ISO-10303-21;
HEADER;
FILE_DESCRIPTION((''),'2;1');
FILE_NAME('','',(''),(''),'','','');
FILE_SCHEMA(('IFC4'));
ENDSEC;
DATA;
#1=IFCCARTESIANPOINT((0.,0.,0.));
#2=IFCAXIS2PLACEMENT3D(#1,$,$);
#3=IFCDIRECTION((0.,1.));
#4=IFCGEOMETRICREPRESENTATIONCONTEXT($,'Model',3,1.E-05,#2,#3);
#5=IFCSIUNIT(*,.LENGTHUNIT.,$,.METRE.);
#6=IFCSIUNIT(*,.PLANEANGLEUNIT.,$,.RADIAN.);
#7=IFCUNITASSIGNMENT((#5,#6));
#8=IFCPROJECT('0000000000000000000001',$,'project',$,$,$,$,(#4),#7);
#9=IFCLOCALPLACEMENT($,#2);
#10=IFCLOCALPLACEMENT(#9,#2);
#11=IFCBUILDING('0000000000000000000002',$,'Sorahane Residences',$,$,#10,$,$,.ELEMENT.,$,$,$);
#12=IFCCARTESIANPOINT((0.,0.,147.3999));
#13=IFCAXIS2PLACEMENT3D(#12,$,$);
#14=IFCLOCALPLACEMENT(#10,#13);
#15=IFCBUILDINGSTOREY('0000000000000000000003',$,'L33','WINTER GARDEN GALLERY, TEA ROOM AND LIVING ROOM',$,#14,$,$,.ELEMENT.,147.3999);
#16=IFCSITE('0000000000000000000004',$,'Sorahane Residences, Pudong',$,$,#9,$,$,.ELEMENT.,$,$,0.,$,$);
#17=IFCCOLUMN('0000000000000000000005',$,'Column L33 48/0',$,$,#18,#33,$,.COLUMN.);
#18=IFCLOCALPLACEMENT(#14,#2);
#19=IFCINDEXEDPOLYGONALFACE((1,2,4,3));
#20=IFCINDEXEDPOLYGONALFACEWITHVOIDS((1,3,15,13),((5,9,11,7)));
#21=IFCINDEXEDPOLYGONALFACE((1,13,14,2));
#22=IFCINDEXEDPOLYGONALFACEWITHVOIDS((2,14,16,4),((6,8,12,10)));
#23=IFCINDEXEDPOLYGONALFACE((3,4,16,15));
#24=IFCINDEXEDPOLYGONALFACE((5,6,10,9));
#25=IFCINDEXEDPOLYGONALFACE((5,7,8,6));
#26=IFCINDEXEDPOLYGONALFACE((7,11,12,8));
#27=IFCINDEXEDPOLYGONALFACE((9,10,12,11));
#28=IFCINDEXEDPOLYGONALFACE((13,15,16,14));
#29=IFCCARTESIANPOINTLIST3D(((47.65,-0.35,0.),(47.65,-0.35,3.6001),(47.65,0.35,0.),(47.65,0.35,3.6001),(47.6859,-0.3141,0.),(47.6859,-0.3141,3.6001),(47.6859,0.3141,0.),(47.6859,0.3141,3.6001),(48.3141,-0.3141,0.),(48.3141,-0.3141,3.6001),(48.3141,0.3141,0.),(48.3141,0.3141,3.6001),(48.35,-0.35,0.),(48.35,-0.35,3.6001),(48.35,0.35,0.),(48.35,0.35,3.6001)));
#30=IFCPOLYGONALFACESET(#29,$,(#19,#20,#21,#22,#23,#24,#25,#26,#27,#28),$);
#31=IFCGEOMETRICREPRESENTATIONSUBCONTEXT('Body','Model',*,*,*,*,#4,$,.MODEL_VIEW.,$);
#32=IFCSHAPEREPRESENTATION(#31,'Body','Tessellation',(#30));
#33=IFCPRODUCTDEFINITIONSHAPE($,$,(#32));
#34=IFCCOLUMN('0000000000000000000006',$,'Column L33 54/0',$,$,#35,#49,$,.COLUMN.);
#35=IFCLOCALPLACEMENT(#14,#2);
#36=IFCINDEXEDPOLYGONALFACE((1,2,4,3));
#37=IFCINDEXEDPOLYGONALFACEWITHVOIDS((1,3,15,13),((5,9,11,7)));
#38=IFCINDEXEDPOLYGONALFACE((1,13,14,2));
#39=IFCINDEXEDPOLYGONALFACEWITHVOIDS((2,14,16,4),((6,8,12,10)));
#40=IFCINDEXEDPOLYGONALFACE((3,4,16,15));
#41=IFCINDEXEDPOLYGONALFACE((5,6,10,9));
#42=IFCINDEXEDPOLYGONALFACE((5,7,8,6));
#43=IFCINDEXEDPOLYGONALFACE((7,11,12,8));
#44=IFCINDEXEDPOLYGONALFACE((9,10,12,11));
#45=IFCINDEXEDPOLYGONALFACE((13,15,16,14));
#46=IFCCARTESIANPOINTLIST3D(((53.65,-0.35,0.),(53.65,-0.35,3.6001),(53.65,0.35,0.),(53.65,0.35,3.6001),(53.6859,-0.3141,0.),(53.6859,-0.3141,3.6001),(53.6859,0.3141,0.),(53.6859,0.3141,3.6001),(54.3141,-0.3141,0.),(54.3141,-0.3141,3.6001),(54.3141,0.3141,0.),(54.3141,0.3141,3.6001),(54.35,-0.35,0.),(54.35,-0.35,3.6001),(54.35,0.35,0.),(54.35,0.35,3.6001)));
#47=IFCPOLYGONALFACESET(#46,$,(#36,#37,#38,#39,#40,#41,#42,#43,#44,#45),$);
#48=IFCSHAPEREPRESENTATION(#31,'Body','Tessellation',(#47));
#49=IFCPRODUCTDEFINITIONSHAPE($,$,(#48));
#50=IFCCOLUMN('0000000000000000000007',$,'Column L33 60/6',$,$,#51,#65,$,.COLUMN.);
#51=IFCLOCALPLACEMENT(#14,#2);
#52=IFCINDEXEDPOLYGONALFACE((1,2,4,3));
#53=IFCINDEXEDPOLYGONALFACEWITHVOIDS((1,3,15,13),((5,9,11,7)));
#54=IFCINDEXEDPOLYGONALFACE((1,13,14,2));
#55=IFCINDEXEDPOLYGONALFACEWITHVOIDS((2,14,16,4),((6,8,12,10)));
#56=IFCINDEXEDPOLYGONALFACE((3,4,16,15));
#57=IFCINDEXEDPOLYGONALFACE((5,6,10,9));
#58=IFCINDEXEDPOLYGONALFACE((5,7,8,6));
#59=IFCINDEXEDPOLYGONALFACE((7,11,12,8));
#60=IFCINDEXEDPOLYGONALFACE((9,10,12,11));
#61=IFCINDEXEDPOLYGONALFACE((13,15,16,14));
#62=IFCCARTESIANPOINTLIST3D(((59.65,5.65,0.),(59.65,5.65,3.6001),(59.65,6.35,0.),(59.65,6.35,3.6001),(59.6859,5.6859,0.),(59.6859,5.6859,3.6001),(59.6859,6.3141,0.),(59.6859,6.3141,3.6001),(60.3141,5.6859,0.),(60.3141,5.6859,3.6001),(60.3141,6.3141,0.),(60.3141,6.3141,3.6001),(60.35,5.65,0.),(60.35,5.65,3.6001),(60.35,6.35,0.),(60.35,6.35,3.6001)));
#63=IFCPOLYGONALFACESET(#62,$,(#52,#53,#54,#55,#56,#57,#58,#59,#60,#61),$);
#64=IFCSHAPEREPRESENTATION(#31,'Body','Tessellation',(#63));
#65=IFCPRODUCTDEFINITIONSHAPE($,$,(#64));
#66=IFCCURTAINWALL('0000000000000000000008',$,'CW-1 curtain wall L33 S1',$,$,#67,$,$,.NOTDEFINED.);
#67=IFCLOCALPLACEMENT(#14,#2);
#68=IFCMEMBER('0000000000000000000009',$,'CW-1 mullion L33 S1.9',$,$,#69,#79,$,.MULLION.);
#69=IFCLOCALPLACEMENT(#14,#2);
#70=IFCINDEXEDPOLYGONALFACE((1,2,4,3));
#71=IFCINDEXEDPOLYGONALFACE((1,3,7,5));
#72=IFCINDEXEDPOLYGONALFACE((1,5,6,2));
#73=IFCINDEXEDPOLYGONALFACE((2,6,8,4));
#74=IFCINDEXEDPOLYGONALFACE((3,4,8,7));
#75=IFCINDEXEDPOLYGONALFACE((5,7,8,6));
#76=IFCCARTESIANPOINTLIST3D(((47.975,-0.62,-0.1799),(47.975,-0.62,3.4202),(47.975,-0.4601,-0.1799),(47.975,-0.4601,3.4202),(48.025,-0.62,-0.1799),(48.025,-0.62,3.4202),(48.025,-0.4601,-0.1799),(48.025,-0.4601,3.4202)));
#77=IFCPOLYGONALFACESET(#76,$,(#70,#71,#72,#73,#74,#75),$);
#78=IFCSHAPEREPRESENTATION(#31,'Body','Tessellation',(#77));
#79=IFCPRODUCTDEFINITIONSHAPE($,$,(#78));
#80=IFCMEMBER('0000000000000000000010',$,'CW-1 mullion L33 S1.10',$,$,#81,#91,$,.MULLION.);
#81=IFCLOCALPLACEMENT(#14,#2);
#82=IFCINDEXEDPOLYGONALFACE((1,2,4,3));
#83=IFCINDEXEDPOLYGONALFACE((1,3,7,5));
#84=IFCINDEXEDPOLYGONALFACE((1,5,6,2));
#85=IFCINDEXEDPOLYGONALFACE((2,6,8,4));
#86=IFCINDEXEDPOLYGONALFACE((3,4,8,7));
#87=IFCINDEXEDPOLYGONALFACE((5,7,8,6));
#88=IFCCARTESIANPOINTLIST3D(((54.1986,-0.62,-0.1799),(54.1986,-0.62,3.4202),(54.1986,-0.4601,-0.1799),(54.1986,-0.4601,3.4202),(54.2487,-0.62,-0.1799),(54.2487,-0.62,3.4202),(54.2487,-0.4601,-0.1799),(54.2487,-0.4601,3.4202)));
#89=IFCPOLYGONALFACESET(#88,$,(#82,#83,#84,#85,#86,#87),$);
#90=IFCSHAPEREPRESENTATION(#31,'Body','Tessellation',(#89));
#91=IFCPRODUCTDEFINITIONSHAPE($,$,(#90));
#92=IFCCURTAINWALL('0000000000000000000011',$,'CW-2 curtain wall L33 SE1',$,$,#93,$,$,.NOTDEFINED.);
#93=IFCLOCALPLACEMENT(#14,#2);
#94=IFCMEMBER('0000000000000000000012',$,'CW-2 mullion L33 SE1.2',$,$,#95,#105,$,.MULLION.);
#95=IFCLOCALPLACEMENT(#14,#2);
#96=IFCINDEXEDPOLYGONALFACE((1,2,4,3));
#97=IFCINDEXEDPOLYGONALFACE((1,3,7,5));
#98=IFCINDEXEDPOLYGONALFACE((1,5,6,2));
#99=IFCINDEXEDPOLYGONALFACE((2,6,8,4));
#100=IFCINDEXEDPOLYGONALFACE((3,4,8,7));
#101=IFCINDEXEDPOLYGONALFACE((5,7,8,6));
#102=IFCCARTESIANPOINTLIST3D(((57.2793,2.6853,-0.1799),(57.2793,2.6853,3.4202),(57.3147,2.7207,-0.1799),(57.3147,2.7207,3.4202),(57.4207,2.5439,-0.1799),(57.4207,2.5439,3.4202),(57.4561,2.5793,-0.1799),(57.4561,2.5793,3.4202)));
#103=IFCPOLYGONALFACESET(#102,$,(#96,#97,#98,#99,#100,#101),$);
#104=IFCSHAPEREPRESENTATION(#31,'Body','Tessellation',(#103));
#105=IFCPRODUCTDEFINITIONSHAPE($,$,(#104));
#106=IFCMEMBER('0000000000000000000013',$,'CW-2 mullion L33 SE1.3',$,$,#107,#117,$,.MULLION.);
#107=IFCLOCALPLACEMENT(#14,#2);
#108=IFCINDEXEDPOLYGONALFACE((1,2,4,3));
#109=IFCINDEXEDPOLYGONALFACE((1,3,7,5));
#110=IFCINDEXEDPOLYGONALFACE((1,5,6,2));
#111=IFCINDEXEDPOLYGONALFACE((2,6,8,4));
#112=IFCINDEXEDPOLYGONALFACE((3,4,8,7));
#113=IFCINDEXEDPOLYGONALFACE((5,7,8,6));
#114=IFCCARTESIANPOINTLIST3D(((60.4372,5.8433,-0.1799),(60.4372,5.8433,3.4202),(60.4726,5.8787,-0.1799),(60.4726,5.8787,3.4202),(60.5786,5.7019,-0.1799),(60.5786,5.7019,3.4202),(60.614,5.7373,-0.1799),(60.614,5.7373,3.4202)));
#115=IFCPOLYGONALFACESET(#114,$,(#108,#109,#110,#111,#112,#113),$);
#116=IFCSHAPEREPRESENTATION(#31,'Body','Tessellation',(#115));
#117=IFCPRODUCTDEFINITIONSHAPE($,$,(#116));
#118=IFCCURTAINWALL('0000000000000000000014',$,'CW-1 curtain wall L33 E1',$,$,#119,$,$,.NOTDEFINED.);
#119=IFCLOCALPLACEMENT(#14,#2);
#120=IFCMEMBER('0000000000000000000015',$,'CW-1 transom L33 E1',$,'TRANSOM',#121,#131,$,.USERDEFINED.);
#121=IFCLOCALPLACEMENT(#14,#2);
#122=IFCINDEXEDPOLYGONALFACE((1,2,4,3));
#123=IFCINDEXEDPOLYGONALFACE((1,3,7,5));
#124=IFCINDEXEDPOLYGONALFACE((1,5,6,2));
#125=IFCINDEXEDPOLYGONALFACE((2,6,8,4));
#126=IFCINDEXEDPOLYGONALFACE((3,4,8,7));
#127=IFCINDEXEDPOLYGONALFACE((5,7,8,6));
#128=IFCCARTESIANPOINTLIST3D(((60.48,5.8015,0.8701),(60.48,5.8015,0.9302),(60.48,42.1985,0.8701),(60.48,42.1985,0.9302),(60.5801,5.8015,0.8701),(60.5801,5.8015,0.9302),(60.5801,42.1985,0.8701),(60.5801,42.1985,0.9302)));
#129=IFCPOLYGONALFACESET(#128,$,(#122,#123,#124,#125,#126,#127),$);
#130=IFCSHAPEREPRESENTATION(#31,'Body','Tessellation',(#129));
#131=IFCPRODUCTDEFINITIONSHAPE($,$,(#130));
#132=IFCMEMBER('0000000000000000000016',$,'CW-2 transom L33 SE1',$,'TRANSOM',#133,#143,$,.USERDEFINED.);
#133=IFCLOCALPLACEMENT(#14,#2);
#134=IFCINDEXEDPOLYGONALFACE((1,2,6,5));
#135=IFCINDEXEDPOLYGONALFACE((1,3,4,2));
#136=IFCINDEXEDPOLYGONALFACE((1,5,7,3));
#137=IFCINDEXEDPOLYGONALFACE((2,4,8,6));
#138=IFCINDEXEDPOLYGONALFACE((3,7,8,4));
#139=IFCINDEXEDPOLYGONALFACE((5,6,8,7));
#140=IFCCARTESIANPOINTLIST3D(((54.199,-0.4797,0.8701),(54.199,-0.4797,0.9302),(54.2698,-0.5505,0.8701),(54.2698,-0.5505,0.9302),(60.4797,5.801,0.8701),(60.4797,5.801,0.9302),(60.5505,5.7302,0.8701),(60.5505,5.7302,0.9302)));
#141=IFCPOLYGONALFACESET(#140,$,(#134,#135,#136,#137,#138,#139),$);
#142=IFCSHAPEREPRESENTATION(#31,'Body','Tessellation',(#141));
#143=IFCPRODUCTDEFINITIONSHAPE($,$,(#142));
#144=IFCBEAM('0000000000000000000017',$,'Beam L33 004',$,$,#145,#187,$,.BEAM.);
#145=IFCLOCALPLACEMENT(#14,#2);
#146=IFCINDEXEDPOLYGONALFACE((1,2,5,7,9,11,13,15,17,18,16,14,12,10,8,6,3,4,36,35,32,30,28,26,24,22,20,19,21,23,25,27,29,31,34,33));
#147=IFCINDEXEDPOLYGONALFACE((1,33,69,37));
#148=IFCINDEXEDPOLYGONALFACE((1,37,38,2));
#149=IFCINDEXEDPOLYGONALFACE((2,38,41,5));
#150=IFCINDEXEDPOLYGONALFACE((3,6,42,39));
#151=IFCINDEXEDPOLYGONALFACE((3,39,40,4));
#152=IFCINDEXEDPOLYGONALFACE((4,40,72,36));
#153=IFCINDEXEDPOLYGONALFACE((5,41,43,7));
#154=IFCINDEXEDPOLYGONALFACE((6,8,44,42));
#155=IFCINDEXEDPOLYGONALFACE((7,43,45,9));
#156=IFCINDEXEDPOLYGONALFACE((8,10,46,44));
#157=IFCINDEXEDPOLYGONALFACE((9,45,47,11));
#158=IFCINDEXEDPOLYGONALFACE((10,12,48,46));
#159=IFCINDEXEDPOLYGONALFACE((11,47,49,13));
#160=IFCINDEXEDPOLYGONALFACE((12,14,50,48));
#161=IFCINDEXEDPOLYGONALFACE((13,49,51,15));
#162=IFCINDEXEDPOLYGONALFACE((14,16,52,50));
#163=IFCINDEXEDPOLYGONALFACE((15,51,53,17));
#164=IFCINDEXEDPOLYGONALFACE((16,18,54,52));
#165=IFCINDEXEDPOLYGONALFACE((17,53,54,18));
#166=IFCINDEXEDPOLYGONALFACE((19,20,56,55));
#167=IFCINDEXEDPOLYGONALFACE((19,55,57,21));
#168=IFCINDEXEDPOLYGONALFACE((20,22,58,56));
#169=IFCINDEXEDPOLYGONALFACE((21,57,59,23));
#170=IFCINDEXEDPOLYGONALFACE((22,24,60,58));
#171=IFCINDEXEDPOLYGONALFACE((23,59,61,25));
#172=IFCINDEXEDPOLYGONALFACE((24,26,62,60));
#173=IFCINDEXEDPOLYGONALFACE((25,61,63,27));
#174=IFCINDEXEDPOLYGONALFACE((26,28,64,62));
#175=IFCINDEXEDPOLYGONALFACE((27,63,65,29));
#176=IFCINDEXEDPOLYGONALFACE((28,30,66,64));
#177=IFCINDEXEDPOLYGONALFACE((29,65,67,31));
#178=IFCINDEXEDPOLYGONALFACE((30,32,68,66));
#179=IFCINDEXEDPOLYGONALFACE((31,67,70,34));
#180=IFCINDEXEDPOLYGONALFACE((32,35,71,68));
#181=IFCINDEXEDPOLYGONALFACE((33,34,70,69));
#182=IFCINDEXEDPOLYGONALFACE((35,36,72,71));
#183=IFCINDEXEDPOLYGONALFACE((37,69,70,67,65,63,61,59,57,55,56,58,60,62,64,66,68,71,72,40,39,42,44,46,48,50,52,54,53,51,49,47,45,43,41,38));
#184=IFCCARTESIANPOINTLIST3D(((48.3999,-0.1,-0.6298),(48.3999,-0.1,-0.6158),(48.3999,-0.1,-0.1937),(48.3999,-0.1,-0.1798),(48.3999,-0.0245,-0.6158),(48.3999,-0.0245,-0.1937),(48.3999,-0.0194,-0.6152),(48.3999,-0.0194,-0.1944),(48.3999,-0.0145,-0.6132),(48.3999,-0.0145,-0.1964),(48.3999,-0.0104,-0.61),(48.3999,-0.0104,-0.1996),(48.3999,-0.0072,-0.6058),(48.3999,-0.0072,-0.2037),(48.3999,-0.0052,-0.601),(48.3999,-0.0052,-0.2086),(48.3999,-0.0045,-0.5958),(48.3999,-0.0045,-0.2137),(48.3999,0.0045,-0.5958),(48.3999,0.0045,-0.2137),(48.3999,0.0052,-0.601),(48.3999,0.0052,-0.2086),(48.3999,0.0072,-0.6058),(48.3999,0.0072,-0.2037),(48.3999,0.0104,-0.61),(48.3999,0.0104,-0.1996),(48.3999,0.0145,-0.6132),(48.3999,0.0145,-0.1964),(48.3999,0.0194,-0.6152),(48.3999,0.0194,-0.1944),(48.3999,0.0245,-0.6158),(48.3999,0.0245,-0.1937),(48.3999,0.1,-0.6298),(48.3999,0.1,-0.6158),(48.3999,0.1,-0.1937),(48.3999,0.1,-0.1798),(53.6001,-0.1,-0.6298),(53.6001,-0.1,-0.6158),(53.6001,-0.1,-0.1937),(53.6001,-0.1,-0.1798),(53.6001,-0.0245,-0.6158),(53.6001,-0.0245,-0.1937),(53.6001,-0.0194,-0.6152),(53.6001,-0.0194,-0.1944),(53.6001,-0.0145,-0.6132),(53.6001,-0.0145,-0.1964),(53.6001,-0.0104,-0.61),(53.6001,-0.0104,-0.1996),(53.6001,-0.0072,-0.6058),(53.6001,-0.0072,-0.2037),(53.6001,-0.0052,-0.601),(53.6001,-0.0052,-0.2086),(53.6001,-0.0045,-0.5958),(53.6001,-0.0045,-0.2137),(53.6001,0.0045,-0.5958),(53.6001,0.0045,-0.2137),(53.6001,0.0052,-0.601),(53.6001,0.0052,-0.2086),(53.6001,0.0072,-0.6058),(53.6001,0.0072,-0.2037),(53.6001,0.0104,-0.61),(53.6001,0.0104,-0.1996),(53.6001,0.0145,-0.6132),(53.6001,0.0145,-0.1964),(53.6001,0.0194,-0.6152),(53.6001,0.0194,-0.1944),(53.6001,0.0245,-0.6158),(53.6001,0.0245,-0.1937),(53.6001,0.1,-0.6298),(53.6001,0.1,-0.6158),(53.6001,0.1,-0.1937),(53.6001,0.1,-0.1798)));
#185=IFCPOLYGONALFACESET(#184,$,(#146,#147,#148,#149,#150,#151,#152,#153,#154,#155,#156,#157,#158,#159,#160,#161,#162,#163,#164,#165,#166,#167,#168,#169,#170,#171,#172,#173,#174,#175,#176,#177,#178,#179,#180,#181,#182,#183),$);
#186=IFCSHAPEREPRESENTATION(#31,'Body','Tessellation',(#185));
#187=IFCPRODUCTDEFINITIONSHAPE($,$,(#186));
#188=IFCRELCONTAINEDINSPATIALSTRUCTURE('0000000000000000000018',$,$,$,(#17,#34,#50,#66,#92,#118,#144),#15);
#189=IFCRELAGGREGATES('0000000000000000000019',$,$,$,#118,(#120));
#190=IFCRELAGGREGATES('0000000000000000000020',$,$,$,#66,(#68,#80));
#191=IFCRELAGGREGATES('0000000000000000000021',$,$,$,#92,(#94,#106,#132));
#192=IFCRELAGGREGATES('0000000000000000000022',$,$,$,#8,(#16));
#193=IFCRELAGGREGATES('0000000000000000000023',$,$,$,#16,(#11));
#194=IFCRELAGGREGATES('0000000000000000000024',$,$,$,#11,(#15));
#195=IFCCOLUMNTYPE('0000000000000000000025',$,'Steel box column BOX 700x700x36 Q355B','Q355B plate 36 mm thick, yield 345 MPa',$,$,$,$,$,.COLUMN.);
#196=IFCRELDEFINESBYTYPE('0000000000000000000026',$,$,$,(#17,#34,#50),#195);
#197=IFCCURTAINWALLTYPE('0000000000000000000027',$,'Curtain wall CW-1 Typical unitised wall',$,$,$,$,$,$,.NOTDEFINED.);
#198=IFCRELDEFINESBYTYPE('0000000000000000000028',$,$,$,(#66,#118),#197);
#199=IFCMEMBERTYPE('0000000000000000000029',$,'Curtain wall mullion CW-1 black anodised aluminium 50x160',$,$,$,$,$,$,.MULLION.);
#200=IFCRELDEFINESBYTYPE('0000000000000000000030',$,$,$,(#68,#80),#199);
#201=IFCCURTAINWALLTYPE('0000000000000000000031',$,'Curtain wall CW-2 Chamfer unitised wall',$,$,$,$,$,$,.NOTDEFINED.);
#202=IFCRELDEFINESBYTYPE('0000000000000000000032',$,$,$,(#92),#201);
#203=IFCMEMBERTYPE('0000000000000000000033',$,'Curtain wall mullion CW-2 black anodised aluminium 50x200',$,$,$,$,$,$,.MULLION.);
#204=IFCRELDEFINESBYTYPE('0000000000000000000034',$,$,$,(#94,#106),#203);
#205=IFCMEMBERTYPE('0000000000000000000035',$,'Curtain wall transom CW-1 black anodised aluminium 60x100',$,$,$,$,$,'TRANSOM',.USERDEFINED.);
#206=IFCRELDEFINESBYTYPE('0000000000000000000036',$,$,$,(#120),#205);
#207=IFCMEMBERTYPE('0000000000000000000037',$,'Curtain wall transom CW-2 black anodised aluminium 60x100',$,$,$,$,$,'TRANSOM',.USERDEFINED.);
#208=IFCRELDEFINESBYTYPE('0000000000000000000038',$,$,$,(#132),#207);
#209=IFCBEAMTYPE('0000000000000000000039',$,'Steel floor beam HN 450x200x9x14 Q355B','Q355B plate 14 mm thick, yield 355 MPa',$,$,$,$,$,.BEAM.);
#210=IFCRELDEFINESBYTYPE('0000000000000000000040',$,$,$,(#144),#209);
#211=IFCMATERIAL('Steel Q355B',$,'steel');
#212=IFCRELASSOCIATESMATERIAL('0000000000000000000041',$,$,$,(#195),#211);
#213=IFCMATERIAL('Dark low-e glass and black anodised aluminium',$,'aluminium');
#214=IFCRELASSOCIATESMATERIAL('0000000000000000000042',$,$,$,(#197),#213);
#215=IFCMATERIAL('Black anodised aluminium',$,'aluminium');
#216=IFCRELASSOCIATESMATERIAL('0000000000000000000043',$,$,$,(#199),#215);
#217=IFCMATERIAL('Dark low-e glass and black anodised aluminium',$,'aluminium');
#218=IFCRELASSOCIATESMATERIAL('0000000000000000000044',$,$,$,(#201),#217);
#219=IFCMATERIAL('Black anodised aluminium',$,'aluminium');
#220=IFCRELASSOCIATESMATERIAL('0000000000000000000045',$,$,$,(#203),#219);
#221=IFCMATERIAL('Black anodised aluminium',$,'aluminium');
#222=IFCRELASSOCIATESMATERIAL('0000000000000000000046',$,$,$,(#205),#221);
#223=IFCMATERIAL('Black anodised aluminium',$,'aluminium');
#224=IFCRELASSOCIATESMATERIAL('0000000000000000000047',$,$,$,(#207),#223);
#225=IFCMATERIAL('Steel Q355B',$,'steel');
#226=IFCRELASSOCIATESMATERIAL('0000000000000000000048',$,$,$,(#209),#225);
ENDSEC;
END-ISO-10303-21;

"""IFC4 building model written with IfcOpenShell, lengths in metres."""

from ifc_helpers import new_model, si_unit, direction, frame, origin, origin_2d, place, context, subcontext, project, spatial, rectangle, hollow_rectangle, i_section, extrude, material, material_profile, profile_set, type_object, element, aggregate, save


model = new_model("IFC4")

# Units and contexts
model_context = context("Model", 3, precision=1e-05, world=origin(), true_north=direction((0.0, 1.0)))
body_context = subcontext(model_context, "Body", "Model", "MODEL_VIEW")
ifc_project = project(units=[si_unit("LENGTHUNIT", "METRE"), si_unit("PLANEANGLEUNIT", "RADIAN")], contexts=[model_context])

# Site, building, storey
site_placement = place(None, origin())
site = spatial("IfcSite", under=ifc_project, at=site_placement, Name="Sorahane Residences, Pudong", CompositionType="ELEMENT", RefElevation=0.0)
building_placement = place(site_placement, origin())
building = spatial("IfcBuilding", under=site, at=building_placement, Name="Sorahane Residences", CompositionType="ELEMENT")
storey_placement = place(building_placement, frame((0.0, 0.0, 147.3999)))
storey = spatial("IfcBuildingStorey", under=building, at=storey_placement, Name="L33", Description="WINTER GARDEN GALLERY, TEA ROOM AND LIVING ROOM", CompositionType="ELEMENT", Elevation=147.3999)

# Columns
ifc_material_1 = material(Name="Steel Q355B", Category="steel")
ifc_material_profile_1 = material_profile(ifc_material_1, hollow_rectangle(XDim=0.7, YDim=0.7, WallThickness=0.0359, at=origin_2d()), Name="BOX 700x700x36")
ifc_profile_set_1 = profile_set([ifc_material_profile_1], Name="Steel Q355B")
column_type = type_object("IfcColumnType", Name="Steel box column BOX 700x700x36 Q355B", Description="Q355B plate 36 mm thick, yield 345 MPa", PredefinedType="COLUMN", material=ifc_profile_set_1)
for number, where, z_axis, x_axis, name in (
    (1, (48.0, 0.0, 0.0), (0.0, 0.0, 1.0), (1.0, 0.0, 0.0), "Column L33 48/0"),
    (2, (54.0, 0.0, 0.0), (0.0, 0.0, 1.0), (1.0, 0.0, 0.0), "Column L33 54/0"),
    (3, (60.0, 6.0, 0.0), (0.0, 0.0, 1.0), (1.0, 0.0, 0.0), "Column L33 60/6"),
):
    element("IfcColumn", number, at=place(storey_placement, frame(where, z_axis=z_axis, x_axis=x_axis)), inside=storey, type_object=column_type, Name=name, PredefinedType="COLUMN", context=body_context, shape_type="SweptSolid", body=[
        extrude(hollow_rectangle(XDim=0.7, YDim=0.7, WallThickness=0.0359, at=origin_2d()), origin(), (0.0, 0.0, 1.0), 3.6001),
    ])

# Curtain walls, members
ifc_material_2 = material(Name="Dark low-e glass and black anodised aluminium", Category="aluminium")
curtain_wall_type_1 = type_object("IfcCurtainWallType", Name="Curtain wall CW-1 Typical unitised wall", PredefinedType="NOTDEFINED", material=ifc_material_2)
curtain_wall_1_placement = place(storey_placement, origin())
curtain_wall_1 = element("IfcCurtainWall", 4, at=curtain_wall_1_placement, inside=storey, type_object=curtain_wall_type_1, Name="CW-1 curtain wall L33 S1", PredefinedType="NOTDEFINED")
ifc_material_3 = material(Name="Black anodised aluminium", Category="aluminium")
ifc_material_profile_2 = material_profile(ifc_material_3, rectangle(XDim=0.1599, YDim=0.05, at=origin_2d()), Name="Curtain wall mullion CW-1 black anodised aluminium 50x160")
ifc_profile_set_2 = profile_set([ifc_material_profile_2], Name="Black anodised aluminium")
member_type_1 = type_object("IfcMemberType", Name="Curtain wall mullion CW-1 black anodised aluminium 50x160", PredefinedType="MULLION", material=ifc_profile_set_2)
member_1_placement = place(storey_placement, frame((48.0, -0.54, -0.1799), z_axis=(0.0, 0.0, 1.0), x_axis=(0.0, -1.0, 0.0)))
member_1 = element("IfcMember", 5, at=member_1_placement, type_object=member_type_1, Name="CW-1 mullion L33 S1.9", PredefinedType="MULLION", context=body_context, shape_type="SweptSolid", body=[
    extrude(rectangle(XDim=0.1599, YDim=0.05, at=origin_2d()), origin(), (0.0, 0.0, 1.0), 3.6001),
])
member_2_placement = place(storey_placement, frame((54.2236, -0.54, -0.1799), z_axis=(0.0, 0.0, 1.0), x_axis=(0.0, -1.0, 0.0)))
member_2 = element("IfcMember", 6, at=member_2_placement, type_object=member_type_1, Name="CW-1 mullion L33 S1.10", PredefinedType="MULLION", context=body_context, shape_type="SweptSolid", body=[
    extrude(rectangle(XDim=0.1599, YDim=0.05, at=origin_2d()), origin(), (0.0, 0.0, 1.0), 3.6001),
])
ifc_material_4 = material(Name="Dark low-e glass and black anodised aluminium", Category="aluminium")
curtain_wall_type_2 = type_object("IfcCurtainWallType", Name="Curtain wall CW-2 Chamfer unitised wall", PredefinedType="NOTDEFINED", material=ifc_material_4)
curtain_wall_2_placement = place(storey_placement, origin())
curtain_wall_2 = element("IfcCurtainWall", 7, at=curtain_wall_2_placement, inside=storey, type_object=curtain_wall_type_2, Name="CW-2 curtain wall L33 SE1", PredefinedType="NOTDEFINED")
ifc_material_5 = material(Name="Black anodised aluminium", Category="aluminium")
ifc_material_profile_3 = material_profile(ifc_material_5, rectangle(XDim=0.2, YDim=0.05, at=origin_2d()), Name="Curtain wall mullion CW-2 black anodised aluminium 50x200")
ifc_profile_set_3 = profile_set([ifc_material_profile_3], Name="Black anodised aluminium")
member_type_2 = type_object("IfcMemberType", Name="Curtain wall mullion CW-2 black anodised aluminium 50x200", PredefinedType="MULLION", material=ifc_profile_set_3)
member_3_placement = place(storey_placement, frame((57.3677, 2.6323, -0.1799), z_axis=(0.0, 0.0, 1.0), x_axis=(0.707107, -0.707107, 0.0)))
member_3 = element("IfcMember", 8, at=member_3_placement, type_object=member_type_2, Name="CW-2 mullion L33 SE1.2", PredefinedType="MULLION", context=body_context, shape_type="SweptSolid", body=[
    extrude(rectangle(XDim=0.2, YDim=0.05, at=origin_2d()), origin(), (0.0, 0.0, 1.0), 3.6001),
])
member_4_placement = place(storey_placement, frame((60.5256, 5.7903, -0.1799), z_axis=(0.0, 0.0, 1.0), x_axis=(0.707107, -0.707107, 0.0)))
member_4 = element("IfcMember", 9, at=member_4_placement, type_object=member_type_2, Name="CW-2 mullion L33 SE1.3", PredefinedType="MULLION", context=body_context, shape_type="SweptSolid", body=[
    extrude(rectangle(XDim=0.2, YDim=0.05, at=origin_2d()), origin(), (0.0, 0.0, 1.0), 3.6001),
])

# Curtain wall, member
curtain_wall_3_placement = place(storey_placement, origin())
curtain_wall_3 = element("IfcCurtainWall", 10, at=curtain_wall_3_placement, inside=storey, type_object=curtain_wall_type_1, Name="CW-1 curtain wall L33 E1", PredefinedType="NOTDEFINED")
ifc_material_6 = material(Name="Black anodised aluminium", Category="aluminium")
ifc_material_profile_4 = material_profile(ifc_material_6, rectangle(XDim=0.1001, YDim=0.0601, at=origin_2d()), Name="Curtain wall transom CW-1 black anodised aluminium 60x100")
ifc_profile_set_4 = profile_set([ifc_material_profile_4], Name="Black anodised aluminium")
member_type_3 = type_object("IfcMemberType", Name="Curtain wall transom CW-1 black anodised aluminium 60x100", ElementType="TRANSOM", PredefinedType="USERDEFINED", material=ifc_profile_set_4)
member_5_placement = place(storey_placement, frame((60.53, 5.8015, 0.9001), z_axis=(0.0, 1.0, 0.0), x_axis=(-1.0, 0.0, 0.0)))
member_5 = element("IfcMember", 11, at=member_5_placement, type_object=member_type_3, Name="CW-1 transom L33 E1", ObjectType="TRANSOM", PredefinedType="USERDEFINED", context=body_context, shape_type="SweptSolid", body=[
    extrude(rectangle(XDim=0.1001, YDim=0.0601, at=origin_2d()), origin(), (0.0, 0.0, 1.0), 36.397),
])
aggregate(curtain_wall_3, [member_5])

# Member
ifc_material_7 = material(Name="Black anodised aluminium", Category="aluminium")
ifc_material_profile_5 = material_profile(ifc_material_7, rectangle(XDim=0.1001, YDim=0.0601, at=origin_2d()), Name="Curtain wall transom CW-2 black anodised aluminium 60x100")
ifc_profile_set_5 = profile_set([ifc_material_profile_5], Name="Black anodised aluminium")
member_type_4 = type_object("IfcMemberType", Name="Curtain wall transom CW-2 black anodised aluminium 60x100", ElementType="TRANSOM", PredefinedType="USERDEFINED", material=ifc_profile_set_5)
member_6_placement = place(storey_placement, frame((54.2344, -0.5151, 0.9001), z_axis=(0.707107, 0.707107, 0.0), x_axis=(-0.707107, 0.707107, 0.0)))
member_6 = element("IfcMember", 12, at=member_6_placement, type_object=member_type_4, Name="CW-2 transom L33 SE1", ObjectType="TRANSOM", PredefinedType="USERDEFINED", context=body_context, shape_type="SweptSolid", body=[
    extrude(rectangle(XDim=0.1001, YDim=0.0601, at=origin_2d()), origin(), (0.0, 0.0, 1.0), 8.8823),
])

# Beam
ifc_material_8 = material(Name="Steel Q355B", Category="steel")
ifc_material_profile_6 = material_profile(ifc_material_8, i_section(OverallWidth=0.2, OverallDepth=0.45, WebThickness=0.009, FlangeThickness=0.0139, FilletRadius=0.02, at=origin_2d()), Name="HN 450x200x9x14")
ifc_profile_set_6 = profile_set([ifc_material_profile_6], Name="Steel Q355B")
beam_type_1 = type_object("IfcBeamType", Name="Steel floor beam HN 450x200x9x14 Q355B", Description="Q355B plate 14 mm thick, yield 355 MPa", PredefinedType="BEAM", material=ifc_profile_set_6)
for number, where, z_axis, x_axis, name in (
    (13, (48.3999, 0.0, -0.4048), (1.0, 0.0, 0.0), (0.0, 1.0, 0.0), "Beam L33 004"),
):
    element("IfcBeam", number, at=place(storey_placement, frame(where, z_axis=z_axis, x_axis=x_axis)), inside=storey, type_object=beam_type_1, Name=name, PredefinedType="BEAM", context=body_context, shape_type="SweptSolid", body=[
        extrude(i_section(OverallWidth=0.2, OverallDepth=0.45, WebThickness=0.009, FlangeThickness=0.0139, FilletRadius=0.02, at=origin_2d()), origin(), (0.0, 0.0, 1.0), 5.2002),
    ])

aggregate(curtain_wall_1, [member_1, member_2])
aggregate(curtain_wall_2, [member_3, member_4, member_6])

save(model, "model.ifc")
